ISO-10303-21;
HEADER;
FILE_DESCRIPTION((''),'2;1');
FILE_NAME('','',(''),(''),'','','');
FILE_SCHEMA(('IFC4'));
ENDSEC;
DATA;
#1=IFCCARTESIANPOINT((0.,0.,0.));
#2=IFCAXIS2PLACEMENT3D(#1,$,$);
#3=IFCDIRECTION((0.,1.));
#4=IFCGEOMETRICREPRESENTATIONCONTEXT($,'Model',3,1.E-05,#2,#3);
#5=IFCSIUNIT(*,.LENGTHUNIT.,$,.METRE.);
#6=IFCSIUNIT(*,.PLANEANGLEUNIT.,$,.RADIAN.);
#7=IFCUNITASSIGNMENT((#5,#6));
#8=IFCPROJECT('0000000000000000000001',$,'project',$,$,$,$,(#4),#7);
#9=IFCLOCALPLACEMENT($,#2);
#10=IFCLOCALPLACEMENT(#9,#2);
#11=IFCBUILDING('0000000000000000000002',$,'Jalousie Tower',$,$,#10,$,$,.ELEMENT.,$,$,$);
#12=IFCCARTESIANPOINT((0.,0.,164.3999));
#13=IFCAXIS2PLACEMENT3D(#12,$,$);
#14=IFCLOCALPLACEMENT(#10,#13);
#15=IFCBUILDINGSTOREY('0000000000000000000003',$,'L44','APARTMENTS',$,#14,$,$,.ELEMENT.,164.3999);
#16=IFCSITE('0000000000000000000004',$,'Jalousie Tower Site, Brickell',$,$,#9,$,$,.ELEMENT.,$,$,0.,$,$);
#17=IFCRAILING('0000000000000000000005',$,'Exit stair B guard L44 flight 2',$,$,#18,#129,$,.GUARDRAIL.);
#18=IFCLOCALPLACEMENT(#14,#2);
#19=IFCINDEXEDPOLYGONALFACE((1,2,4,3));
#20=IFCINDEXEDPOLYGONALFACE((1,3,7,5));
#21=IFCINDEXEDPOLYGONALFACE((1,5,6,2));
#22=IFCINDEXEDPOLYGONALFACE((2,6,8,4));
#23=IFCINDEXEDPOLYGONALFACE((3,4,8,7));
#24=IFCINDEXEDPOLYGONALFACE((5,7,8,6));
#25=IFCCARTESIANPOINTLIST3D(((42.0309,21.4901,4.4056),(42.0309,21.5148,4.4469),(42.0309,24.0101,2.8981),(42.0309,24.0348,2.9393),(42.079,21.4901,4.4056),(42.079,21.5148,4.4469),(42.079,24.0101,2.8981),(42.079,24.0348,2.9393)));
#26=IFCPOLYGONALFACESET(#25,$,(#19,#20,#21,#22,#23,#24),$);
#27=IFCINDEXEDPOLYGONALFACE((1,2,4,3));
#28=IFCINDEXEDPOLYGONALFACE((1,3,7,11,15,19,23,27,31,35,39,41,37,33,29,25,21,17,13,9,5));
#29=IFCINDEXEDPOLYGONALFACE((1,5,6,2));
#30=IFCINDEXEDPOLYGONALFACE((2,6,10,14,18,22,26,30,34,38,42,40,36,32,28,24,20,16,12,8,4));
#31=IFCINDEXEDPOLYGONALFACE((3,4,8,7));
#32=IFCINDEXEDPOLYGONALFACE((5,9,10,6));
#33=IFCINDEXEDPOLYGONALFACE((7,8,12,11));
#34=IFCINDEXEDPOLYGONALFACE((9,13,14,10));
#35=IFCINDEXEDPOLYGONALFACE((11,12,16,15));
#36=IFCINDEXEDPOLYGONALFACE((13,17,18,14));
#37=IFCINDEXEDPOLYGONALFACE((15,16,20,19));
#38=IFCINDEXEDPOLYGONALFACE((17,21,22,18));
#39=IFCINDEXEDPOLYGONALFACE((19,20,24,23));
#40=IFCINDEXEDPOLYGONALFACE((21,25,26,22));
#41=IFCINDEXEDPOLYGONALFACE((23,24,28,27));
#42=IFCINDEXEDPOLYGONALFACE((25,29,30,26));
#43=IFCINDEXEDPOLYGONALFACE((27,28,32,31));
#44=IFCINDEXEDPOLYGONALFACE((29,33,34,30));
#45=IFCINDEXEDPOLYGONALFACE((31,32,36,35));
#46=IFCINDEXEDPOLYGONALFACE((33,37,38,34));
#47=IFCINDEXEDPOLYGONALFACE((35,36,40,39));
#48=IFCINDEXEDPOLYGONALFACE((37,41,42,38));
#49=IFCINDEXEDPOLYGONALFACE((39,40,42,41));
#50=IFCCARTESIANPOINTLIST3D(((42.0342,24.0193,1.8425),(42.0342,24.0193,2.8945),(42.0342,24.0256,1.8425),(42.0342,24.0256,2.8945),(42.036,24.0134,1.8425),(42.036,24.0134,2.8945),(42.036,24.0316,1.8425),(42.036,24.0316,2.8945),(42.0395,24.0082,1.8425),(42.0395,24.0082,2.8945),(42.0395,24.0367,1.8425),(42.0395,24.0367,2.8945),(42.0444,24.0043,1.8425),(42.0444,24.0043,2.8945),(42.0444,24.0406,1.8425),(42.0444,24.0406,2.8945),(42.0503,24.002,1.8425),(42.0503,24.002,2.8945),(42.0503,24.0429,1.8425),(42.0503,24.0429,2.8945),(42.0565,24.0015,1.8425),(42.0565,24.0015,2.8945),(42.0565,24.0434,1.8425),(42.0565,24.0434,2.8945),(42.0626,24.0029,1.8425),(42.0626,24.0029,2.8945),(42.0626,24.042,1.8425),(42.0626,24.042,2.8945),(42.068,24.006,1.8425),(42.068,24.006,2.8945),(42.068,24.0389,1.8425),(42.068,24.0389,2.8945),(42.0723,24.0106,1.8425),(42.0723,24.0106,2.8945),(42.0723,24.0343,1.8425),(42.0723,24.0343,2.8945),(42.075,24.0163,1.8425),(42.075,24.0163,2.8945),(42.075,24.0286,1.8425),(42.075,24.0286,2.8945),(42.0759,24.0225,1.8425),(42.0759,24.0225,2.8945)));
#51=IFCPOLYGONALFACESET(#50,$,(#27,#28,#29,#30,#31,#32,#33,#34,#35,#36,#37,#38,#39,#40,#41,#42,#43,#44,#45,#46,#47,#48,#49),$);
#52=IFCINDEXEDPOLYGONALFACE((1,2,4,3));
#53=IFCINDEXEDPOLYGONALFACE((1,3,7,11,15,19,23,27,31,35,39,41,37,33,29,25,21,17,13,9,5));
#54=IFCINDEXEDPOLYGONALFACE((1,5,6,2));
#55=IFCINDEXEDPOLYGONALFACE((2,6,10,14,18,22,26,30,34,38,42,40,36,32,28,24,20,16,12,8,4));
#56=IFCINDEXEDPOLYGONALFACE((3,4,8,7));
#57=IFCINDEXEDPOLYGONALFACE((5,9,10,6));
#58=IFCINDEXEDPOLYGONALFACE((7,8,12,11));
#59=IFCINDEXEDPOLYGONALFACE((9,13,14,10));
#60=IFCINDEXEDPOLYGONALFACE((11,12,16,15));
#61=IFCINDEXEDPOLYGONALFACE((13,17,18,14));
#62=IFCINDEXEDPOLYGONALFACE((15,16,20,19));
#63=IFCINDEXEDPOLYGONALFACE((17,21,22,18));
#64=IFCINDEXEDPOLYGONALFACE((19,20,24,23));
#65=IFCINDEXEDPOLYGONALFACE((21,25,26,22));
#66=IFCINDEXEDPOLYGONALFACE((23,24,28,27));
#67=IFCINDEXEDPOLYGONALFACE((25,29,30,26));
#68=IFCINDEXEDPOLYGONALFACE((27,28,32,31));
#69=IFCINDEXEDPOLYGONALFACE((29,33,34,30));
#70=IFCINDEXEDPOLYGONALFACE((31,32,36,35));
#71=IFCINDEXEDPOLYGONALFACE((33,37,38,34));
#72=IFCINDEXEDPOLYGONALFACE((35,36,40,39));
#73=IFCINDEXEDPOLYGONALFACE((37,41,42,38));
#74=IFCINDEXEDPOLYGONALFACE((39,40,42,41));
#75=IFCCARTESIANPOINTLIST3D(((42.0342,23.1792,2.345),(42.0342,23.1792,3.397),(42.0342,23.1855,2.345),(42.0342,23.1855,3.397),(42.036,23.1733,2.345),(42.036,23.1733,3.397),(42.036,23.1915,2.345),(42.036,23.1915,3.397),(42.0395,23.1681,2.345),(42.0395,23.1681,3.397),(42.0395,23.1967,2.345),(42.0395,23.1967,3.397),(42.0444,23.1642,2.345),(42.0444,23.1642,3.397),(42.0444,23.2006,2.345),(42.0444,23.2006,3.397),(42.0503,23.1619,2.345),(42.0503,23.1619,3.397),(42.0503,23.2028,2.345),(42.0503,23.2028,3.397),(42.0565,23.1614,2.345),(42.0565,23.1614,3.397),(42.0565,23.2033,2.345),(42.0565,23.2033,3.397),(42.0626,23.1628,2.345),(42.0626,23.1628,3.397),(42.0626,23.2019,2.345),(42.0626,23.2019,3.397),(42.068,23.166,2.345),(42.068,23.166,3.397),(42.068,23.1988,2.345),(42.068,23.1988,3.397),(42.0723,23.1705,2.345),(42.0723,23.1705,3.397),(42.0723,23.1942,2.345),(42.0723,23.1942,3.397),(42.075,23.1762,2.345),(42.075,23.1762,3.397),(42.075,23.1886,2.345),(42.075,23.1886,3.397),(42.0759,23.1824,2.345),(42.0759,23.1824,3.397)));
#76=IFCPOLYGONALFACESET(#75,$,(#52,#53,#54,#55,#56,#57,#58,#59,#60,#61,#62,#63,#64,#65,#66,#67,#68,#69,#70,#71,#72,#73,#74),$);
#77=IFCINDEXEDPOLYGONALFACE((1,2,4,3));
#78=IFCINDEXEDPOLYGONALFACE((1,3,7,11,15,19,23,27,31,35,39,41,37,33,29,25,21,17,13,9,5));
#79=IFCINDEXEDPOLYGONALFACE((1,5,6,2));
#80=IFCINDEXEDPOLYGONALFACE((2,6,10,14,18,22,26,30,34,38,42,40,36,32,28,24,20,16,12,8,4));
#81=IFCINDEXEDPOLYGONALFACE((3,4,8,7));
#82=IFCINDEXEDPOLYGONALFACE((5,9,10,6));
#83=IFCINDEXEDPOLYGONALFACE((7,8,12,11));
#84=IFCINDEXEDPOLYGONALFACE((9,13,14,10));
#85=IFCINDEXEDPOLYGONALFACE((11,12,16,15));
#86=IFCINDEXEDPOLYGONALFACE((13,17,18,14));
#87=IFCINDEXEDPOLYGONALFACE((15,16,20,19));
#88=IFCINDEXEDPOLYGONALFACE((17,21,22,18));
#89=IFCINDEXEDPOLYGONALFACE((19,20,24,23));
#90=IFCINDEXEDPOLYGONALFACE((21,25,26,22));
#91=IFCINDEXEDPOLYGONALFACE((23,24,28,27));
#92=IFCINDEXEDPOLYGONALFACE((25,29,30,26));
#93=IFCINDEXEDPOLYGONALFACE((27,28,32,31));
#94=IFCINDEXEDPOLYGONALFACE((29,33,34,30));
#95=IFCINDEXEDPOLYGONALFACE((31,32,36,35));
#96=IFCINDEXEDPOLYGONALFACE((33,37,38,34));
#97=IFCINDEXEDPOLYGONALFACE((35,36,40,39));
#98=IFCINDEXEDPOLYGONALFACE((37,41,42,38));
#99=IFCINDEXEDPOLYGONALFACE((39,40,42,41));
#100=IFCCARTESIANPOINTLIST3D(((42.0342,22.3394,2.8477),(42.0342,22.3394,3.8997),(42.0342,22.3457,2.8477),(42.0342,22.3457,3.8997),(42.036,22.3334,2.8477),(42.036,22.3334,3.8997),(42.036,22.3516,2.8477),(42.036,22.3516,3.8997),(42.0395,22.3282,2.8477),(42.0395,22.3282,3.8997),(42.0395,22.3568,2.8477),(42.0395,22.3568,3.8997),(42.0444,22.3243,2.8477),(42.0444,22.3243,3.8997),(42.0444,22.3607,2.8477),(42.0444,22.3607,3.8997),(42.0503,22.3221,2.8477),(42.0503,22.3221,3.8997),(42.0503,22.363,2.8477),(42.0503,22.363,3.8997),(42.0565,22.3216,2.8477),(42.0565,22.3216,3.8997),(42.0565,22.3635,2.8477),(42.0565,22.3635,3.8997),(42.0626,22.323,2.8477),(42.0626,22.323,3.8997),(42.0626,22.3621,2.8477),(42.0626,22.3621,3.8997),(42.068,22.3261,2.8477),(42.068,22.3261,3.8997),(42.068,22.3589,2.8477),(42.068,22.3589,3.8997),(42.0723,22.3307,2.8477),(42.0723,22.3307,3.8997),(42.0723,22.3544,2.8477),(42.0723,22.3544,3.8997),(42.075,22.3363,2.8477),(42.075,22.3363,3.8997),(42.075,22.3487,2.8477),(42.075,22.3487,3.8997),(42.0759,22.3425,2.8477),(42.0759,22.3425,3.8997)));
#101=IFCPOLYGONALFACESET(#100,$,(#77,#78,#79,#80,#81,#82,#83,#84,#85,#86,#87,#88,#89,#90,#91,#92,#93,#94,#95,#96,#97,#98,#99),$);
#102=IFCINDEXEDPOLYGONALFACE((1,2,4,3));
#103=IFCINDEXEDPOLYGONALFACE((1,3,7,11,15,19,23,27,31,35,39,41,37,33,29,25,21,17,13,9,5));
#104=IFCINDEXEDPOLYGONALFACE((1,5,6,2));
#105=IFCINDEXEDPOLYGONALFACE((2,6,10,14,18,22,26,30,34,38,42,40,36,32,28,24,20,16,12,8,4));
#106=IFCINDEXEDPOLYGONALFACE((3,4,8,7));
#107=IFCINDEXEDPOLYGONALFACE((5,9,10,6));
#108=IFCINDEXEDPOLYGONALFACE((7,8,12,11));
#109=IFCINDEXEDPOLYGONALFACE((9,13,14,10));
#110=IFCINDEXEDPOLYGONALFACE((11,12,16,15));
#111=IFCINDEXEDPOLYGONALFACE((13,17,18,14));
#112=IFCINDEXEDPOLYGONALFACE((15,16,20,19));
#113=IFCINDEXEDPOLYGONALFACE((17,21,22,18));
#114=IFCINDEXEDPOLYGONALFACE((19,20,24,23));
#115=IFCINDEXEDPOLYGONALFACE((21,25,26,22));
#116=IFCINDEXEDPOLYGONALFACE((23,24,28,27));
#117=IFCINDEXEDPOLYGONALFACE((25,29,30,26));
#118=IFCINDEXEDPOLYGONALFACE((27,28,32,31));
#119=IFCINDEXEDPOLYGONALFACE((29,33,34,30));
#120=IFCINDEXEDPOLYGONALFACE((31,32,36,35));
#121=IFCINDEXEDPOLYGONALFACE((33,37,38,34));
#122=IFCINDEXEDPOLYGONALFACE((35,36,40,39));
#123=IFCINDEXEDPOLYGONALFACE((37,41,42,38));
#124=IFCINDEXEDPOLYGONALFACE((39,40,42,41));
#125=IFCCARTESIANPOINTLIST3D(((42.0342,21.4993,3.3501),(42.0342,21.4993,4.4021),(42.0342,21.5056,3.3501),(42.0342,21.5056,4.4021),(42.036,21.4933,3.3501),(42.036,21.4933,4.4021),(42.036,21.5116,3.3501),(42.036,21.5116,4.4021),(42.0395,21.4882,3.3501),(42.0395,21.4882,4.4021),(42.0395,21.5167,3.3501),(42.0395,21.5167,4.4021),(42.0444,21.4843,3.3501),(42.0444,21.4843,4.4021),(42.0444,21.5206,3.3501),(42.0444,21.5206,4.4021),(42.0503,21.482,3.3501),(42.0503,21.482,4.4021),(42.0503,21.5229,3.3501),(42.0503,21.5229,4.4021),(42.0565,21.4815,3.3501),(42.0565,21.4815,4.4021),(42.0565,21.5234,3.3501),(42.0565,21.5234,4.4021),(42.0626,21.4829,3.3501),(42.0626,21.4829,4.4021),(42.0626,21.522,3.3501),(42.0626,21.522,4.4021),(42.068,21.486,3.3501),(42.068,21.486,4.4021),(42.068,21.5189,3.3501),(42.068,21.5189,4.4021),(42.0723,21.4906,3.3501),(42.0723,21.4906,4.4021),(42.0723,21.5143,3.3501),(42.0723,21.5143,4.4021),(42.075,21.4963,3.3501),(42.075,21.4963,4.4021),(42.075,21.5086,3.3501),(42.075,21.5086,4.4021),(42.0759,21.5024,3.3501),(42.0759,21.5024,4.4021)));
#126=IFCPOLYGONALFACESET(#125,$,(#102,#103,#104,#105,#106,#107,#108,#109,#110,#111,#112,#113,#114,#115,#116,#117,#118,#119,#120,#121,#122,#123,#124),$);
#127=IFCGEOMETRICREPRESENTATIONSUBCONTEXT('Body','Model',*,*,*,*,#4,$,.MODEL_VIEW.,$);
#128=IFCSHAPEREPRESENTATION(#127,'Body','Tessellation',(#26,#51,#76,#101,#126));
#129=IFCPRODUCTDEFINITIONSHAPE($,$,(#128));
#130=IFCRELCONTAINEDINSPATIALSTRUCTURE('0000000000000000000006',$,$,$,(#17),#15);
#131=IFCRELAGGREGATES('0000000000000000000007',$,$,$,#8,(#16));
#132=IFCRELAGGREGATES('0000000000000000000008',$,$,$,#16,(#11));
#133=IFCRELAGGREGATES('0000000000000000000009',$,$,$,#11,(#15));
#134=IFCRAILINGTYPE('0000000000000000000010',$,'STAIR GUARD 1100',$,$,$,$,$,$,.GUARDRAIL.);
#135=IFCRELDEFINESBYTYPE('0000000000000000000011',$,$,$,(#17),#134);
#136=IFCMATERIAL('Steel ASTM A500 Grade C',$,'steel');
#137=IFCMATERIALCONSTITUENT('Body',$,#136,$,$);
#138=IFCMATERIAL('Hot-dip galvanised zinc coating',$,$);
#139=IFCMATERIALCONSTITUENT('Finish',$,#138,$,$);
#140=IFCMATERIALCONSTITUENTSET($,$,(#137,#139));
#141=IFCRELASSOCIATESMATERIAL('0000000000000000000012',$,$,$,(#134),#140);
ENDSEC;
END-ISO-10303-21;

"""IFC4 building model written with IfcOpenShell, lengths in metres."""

from ifc_helpers import new_model, si_unit, direction, frame, origin, origin_2d, place, context, subcontext, project, spatial, rectangle, circle, extrude, material, constituent, constituent_set, type_object, element, save


model = new_model("IFC4")

# Units and contexts
model_context = context("Model", 3, precision=1e-05, world=origin(), true_north=direction((0.0, 1.0)))
body_context = subcontext(model_context, "Body", "Model", "MODEL_VIEW")
ifc_project = project(units=[si_unit("LENGTHUNIT", "METRE"), si_unit("PLANEANGLEUNIT", "RADIAN")], contexts=[model_context])

# Site, building, storey
site_placement = place(None, origin())
site = spatial("IfcSite", under=ifc_project, at=site_placement, Name="Jalousie Tower Site, Brickell", CompositionType="ELEMENT", RefElevation=0.0)
building_placement = place(site_placement, origin())
building = spatial("IfcBuilding", under=site, at=building_placement, Name="Jalousie Tower", CompositionType="ELEMENT")
storey_placement = place(building_placement, frame((0.0, 0.0, 164.3999)))
storey = spatial("IfcBuildingStorey", under=building, at=storey_placement, Name="L44", Description="APARTMENTS", CompositionType="ELEMENT", Elevation=164.3999)

# Railing
ifc_material_1 = material(Name="Steel ASTM A500 Grade C", Category="steel")
ifc_constituent_1 = constituent(ifc_material_1, Name="Body")
ifc_material_2 = material(Name="Hot-dip galvanised zinc coating")
ifc_constituent_2 = constituent(ifc_material_2, Name="Finish")
ifc_constituent_set_1 = constituent_set(constituents=[ifc_constituent_1, ifc_constituent_2])
railing_type_1 = type_object("IfcRailingType", Name="STAIR GUARD 1100", PredefinedType="GUARDRAIL", material=ifc_constituent_set_1)
railing_1_placement = place(storey_placement, frame((42.0549, 24.0225, 1.8425)))
element("IfcRailing", 1, at=railing_1_placement, inside=storey, type_object=railing_type_1, Name="Exit stair B guard L44 flight 2", PredefinedType="GUARDRAIL", context=body_context, shape_type="SweptSolid", body=[
    extrude(rectangle(XDim=0.0481, YDim=0.0481, at=origin_2d()), frame((0.0, 0.0, 1.0762), z_axis=(0.0, -0.85816, 0.513383), x_axis=(1.0, 0.0, 0.0)), (0.0, 0.0, 1.0), 2.9365),
    extrude(circle(Radius=0.021, at=origin_2d()), origin(), (0.0, 0.0, 1.0), 1.052),
    extrude(circle(Radius=0.021, at=origin_2d()), frame((0.0, -0.8401, 0.5024)), (0.0, 0.0, 1.0), 1.052),
    extrude(circle(Radius=0.021, at=origin_2d()), frame((0.0, -1.6799, 1.0051)), (0.0, 0.0, 1.0), 1.052),
    extrude(circle(Radius=0.021, at=origin_2d()), frame((0.0, -2.52, 1.5076)), (0.0, 0.0, 1.0), 1.052),
])

save(model, "model.ifc")
